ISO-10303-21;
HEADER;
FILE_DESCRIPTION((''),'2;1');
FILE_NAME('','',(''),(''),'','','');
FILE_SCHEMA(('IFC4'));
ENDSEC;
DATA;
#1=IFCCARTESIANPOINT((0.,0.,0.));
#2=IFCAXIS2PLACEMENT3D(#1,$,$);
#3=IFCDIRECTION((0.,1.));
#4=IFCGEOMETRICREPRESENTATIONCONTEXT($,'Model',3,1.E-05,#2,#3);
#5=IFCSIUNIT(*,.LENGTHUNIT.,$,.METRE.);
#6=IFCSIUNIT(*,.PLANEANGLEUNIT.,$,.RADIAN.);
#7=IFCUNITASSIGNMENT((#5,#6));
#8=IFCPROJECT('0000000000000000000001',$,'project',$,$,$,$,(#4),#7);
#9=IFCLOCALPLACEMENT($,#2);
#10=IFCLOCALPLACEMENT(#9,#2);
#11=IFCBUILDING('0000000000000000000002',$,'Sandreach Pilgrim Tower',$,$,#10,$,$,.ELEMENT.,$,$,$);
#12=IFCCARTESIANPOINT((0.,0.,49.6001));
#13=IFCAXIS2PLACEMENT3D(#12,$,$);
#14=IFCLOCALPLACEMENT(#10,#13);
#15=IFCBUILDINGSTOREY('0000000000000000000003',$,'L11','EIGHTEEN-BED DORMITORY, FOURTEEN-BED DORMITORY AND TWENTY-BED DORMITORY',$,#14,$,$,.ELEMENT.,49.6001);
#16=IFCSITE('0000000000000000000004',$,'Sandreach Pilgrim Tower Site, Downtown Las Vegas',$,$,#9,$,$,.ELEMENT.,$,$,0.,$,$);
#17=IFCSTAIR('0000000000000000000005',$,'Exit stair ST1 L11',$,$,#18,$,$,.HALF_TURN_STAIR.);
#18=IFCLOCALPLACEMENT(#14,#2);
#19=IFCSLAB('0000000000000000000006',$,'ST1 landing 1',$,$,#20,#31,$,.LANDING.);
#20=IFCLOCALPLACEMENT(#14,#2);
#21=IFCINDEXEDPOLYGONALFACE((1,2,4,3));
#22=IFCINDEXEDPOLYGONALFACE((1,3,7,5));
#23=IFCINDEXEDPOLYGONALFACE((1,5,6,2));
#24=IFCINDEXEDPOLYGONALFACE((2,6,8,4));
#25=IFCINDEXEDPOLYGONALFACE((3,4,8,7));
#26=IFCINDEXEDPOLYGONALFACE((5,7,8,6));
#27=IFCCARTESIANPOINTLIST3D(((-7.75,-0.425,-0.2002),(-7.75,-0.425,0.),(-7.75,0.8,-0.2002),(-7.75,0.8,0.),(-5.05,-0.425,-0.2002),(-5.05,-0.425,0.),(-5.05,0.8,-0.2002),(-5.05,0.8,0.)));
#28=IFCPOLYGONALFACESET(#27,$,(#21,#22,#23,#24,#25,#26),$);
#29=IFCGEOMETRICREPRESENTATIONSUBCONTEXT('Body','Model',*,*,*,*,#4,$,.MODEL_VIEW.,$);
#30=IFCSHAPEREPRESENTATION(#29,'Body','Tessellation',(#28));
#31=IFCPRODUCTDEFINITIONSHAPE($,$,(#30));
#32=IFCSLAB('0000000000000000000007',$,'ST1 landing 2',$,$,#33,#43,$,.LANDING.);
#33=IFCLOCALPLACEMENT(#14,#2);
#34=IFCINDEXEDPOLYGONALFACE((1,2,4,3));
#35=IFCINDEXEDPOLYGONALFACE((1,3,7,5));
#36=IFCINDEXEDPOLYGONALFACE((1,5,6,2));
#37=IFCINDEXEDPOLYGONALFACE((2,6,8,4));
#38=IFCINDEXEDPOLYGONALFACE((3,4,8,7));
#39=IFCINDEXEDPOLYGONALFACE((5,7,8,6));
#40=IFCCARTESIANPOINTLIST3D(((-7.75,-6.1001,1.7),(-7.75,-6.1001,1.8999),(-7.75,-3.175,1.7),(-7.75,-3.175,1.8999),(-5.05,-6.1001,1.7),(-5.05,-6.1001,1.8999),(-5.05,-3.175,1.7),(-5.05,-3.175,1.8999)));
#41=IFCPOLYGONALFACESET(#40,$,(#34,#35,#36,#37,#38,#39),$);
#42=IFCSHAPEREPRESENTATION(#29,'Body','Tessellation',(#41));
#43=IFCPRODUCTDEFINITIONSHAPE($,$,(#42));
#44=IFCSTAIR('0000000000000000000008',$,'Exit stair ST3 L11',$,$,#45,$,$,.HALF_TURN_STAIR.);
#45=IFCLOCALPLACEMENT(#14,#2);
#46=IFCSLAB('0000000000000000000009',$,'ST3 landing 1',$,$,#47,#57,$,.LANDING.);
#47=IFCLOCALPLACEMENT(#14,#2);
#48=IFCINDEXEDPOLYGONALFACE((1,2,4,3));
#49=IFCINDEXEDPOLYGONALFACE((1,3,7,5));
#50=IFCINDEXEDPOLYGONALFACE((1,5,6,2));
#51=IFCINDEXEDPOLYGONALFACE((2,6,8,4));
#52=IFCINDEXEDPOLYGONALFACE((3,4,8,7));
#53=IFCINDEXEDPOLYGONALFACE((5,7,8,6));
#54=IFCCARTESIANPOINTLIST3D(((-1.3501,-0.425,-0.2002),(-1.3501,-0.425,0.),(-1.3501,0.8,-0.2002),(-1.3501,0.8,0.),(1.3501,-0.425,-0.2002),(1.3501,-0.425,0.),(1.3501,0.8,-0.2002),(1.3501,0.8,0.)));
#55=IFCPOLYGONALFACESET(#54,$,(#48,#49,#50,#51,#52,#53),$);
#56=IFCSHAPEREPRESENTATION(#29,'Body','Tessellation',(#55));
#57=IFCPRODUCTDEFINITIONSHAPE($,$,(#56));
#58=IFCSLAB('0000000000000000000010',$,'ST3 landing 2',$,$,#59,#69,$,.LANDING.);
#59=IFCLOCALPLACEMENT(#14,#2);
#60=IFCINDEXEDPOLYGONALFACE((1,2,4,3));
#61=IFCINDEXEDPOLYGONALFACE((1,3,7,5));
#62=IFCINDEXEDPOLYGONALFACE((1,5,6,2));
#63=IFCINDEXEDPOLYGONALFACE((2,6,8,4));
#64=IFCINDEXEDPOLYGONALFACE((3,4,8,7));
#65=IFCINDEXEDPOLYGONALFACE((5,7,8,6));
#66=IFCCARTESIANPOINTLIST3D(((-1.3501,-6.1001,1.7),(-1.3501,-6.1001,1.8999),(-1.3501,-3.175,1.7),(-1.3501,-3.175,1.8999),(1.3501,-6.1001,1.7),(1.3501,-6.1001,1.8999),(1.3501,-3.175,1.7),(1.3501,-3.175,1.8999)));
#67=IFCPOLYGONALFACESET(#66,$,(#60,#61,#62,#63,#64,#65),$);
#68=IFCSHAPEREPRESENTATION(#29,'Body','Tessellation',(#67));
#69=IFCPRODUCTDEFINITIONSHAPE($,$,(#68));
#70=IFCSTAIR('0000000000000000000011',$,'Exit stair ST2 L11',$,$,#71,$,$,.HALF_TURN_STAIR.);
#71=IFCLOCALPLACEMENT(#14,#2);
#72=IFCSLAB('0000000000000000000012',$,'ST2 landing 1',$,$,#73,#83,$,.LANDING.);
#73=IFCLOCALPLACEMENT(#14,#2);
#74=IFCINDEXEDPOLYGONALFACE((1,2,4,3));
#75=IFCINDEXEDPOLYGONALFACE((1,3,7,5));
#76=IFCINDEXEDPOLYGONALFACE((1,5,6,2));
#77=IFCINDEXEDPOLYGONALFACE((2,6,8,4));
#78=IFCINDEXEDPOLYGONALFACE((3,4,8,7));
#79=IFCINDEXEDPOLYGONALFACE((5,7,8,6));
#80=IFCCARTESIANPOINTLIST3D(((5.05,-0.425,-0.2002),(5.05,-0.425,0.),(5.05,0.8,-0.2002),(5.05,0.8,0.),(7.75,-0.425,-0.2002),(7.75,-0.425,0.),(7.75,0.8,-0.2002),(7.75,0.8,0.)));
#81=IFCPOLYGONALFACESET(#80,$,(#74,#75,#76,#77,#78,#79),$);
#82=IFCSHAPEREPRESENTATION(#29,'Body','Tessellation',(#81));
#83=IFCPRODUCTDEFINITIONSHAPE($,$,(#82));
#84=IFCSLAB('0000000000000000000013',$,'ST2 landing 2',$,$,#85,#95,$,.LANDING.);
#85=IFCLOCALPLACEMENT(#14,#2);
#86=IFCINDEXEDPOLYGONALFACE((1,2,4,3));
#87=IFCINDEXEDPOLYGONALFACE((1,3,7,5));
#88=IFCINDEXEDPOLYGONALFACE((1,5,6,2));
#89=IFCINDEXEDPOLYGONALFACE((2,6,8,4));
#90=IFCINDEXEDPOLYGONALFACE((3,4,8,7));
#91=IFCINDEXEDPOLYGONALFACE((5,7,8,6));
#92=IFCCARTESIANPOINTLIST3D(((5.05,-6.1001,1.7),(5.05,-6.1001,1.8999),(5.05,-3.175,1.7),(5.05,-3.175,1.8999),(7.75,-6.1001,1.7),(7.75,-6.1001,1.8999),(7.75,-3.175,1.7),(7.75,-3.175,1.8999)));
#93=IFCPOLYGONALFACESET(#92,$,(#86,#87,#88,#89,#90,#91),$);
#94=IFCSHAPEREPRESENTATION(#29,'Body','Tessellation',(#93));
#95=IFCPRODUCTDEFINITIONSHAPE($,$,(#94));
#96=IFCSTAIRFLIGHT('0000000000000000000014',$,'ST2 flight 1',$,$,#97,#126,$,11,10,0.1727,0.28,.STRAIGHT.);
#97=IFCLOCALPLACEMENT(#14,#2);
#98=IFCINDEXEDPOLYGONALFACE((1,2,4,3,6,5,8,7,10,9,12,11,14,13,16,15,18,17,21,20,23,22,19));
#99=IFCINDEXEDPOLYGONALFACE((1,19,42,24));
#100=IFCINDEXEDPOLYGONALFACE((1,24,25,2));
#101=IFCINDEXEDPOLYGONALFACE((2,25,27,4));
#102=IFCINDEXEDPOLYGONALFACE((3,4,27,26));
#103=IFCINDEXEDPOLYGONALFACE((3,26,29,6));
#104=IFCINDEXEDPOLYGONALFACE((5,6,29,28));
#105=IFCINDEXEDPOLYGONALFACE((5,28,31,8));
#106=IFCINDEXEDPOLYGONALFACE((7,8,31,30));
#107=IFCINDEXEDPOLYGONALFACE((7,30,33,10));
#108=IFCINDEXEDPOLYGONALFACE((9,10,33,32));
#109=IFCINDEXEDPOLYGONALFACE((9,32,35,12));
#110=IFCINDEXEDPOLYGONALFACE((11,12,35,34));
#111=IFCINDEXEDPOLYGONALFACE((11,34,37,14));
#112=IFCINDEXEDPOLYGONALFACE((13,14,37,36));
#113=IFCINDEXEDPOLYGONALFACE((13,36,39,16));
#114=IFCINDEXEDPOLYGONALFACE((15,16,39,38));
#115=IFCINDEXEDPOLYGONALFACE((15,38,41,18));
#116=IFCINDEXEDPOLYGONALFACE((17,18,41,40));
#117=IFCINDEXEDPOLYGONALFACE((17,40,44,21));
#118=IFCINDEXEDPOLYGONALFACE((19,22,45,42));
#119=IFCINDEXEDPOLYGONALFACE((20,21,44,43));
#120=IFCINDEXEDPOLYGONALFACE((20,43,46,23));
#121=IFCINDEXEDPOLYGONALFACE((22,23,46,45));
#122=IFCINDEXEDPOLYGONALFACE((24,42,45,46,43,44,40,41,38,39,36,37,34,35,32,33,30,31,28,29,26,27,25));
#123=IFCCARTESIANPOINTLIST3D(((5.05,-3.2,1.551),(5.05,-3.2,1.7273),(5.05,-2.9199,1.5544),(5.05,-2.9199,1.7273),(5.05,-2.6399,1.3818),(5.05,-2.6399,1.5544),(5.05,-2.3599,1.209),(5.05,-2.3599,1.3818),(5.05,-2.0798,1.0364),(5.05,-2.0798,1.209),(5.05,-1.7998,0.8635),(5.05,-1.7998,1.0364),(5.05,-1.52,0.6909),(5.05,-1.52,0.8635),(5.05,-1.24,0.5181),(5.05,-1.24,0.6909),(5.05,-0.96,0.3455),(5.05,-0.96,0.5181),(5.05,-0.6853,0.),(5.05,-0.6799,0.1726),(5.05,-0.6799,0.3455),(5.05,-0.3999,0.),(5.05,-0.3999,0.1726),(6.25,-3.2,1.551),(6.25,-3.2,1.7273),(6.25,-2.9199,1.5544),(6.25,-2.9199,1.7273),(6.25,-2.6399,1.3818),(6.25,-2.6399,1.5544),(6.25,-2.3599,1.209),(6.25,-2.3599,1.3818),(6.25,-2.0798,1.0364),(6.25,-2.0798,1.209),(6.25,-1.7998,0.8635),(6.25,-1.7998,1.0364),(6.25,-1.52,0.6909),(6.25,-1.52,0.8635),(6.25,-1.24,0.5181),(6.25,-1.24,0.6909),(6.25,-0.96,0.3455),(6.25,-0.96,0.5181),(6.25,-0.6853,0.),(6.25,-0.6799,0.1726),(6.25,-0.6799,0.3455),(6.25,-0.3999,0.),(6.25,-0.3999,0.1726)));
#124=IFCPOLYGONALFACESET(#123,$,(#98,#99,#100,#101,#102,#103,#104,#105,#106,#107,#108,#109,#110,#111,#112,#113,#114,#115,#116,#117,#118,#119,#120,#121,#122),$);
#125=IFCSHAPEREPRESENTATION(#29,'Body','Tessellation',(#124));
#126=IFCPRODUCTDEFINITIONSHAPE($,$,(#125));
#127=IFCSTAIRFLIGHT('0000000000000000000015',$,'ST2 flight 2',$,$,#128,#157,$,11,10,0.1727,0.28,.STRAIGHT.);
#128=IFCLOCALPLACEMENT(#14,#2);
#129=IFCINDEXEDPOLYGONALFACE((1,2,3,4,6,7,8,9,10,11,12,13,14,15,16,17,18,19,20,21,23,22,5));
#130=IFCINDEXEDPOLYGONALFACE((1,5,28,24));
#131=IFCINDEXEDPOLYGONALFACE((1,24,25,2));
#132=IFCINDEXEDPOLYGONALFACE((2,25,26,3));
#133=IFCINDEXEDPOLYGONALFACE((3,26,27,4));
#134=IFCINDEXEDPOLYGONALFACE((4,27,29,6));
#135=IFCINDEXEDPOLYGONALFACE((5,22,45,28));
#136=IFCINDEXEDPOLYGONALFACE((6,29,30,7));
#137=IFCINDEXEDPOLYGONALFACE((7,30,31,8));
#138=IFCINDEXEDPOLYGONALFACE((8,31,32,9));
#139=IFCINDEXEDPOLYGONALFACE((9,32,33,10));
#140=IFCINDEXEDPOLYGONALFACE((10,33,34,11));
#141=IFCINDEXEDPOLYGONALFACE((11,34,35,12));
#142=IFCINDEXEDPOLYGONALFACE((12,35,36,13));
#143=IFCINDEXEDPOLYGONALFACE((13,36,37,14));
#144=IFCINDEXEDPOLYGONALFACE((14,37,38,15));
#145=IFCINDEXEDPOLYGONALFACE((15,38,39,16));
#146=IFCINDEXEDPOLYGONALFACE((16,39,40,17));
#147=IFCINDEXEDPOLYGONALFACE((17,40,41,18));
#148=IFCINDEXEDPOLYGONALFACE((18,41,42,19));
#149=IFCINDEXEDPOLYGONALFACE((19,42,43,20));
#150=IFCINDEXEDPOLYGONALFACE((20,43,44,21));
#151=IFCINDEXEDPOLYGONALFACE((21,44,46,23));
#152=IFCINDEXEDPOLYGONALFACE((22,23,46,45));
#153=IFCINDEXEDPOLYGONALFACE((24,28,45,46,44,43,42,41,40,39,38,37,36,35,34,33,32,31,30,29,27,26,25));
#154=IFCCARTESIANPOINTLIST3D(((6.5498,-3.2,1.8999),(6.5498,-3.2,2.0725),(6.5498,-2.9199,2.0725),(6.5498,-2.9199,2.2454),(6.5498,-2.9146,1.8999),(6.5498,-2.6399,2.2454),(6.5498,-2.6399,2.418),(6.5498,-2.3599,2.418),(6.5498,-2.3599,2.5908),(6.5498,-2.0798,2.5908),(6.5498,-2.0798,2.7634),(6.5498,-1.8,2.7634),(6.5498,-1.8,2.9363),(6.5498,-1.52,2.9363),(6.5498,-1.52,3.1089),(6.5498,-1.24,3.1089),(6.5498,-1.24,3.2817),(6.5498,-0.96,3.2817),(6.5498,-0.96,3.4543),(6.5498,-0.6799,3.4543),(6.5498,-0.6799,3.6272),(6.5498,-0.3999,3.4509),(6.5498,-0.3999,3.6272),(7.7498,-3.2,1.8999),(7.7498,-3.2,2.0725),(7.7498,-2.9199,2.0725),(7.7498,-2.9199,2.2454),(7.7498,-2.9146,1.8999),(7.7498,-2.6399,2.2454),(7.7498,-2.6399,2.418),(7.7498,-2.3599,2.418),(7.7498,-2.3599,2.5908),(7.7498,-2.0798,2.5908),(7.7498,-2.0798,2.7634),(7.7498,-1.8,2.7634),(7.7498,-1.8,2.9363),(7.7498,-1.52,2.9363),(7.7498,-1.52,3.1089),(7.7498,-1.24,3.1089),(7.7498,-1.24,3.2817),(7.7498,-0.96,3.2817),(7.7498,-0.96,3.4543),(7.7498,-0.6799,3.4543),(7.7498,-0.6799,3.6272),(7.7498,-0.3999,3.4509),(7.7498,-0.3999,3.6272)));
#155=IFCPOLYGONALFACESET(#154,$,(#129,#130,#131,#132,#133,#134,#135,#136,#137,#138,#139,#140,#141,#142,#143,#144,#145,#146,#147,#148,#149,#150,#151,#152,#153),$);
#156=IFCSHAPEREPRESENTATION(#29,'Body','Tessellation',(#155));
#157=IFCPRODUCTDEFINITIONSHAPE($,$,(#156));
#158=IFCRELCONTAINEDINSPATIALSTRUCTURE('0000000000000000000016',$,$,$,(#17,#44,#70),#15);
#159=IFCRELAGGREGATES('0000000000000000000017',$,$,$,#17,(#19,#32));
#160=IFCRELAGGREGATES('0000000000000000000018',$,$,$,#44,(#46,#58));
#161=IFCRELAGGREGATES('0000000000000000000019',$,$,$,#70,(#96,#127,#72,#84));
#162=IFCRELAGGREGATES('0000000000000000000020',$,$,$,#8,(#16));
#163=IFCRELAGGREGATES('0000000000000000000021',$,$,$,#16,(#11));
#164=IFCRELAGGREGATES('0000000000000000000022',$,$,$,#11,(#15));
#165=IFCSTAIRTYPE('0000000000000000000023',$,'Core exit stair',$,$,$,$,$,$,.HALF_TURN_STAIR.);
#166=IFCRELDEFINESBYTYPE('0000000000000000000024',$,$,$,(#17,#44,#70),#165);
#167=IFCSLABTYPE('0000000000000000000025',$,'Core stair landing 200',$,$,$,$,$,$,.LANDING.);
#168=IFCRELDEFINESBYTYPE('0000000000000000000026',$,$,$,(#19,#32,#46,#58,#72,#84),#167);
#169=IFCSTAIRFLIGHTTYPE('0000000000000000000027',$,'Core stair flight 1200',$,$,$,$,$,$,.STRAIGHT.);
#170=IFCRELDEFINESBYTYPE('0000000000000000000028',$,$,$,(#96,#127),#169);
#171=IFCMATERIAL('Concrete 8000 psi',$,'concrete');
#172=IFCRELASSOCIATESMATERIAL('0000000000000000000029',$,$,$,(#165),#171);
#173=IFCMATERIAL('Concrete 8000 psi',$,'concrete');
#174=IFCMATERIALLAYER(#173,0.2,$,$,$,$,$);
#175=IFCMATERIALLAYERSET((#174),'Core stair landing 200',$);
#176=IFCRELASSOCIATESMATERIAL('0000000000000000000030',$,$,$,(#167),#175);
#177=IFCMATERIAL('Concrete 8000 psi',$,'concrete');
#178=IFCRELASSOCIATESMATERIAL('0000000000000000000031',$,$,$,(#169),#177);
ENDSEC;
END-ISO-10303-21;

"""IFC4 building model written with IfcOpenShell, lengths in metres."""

from ifc_helpers import new_model, si_unit, direction, frame, origin, place, context, subcontext, project, spatial, polyline, outline, extrude, material, layer, layer_set, type_object, element, aggregate, save


model = new_model("IFC4")

# Units and contexts
model_context = context("Model", 3, precision=1e-05, world=origin(), true_north=direction((0.0, 1.0)))
body_context = subcontext(model_context, "Body", "Model", "MODEL_VIEW")
ifc_project = project(units=[si_unit("LENGTHUNIT", "METRE"), si_unit("PLANEANGLEUNIT", "RADIAN")], contexts=[model_context])

# Site, building, storey
site_placement = place(None, origin())
site = spatial("IfcSite", under=ifc_project, at=site_placement, Name="Sandreach Pilgrim Tower Site, Downtown Las Vegas", CompositionType="ELEMENT", RefElevation=0.0)
building_placement = place(site_placement, origin())
building = spatial("IfcBuilding", under=site, at=building_placement, Name="Sandreach Pilgrim Tower", CompositionType="ELEMENT")
storey_placement = place(building_placement, frame((0.0, 0.0, 49.6001)))
storey = spatial("IfcBuildingStorey", under=building, at=storey_placement, Name="L11", Description="EIGHTEEN-BED DORMITORY, FOURTEEN-BED DORMITORY AND TWENTY-BED DORMITORY", CompositionType="ELEMENT", Elevation=49.6001)

# Stairs, slabs
ifc_material_1 = material(Name="Concrete 8000 psi", Category="concrete")
stair_type = type_object("IfcStairType", Name="Core exit stair", PredefinedType="HALF_TURN_STAIR", material=ifc_material_1)
stair_1_placement = place(storey_placement, origin())
stair_1 = element("IfcStair", 1, at=stair_1_placement, inside=storey, type_object=stair_type, Name="Exit stair ST1 L11", PredefinedType="HALF_TURN_STAIR")
ifc_material_2 = material(Name="Concrete 8000 psi", Category="concrete")
ifc_layer_1 = layer(ifc_material_2, 0.2)
ifc_layer_set_1 = layer_set([ifc_layer_1], Name="Core stair landing 200")
slab_type = type_object("IfcSlabType", Name="Core stair landing 200", PredefinedType="LANDING", material=ifc_layer_set_1)
slab_1_placement = place(storey_placement, frame((0.0, 0.0, -0.2002)))
slab_1 = element("IfcSlab", 2, at=slab_1_placement, type_object=slab_type, Name="ST1 landing 1", PredefinedType="LANDING", context=body_context, shape_type="SweptSolid", body=[
    extrude(outline(polyline([(-7.75, -0.425), (-5.05, -0.425), (-5.05, 0.8), (-7.75, 0.8), (-7.75, -0.425)])), origin(), (0.0, 0.0, 1.0), 0.2002),
])
slab_2_placement = place(storey_placement, frame((0.0, 0.0, 1.7)))
slab_2 = element("IfcSlab", 3, at=slab_2_placement, type_object=slab_type, Name="ST1 landing 2", PredefinedType="LANDING", context=body_context, shape_type="SweptSolid", body=[
    extrude(outline(polyline([(-7.75, -6.1001), (-5.05, -6.1001), (-5.05, -3.175), (-7.75, -3.175), (-7.75, -6.1001)])), origin(), (0.0, 0.0, 1.0), 0.2),
])
aggregate(stair_1, [slab_1, slab_2])
stair_2_placement = place(storey_placement, origin())
stair_2 = element("IfcStair", 4, at=stair_2_placement, inside=storey, type_object=stair_type, Name="Exit stair ST3 L11", PredefinedType="HALF_TURN_STAIR")
slab_3_placement = place(storey_placement, frame((0.0, 0.0, -0.2002)))
slab_3 = element("IfcSlab", 5, at=slab_3_placement, type_object=slab_type, Name="ST3 landing 1", PredefinedType="LANDING", context=body_context, shape_type="SweptSolid", body=[
    extrude(outline(polyline([(-1.3501, -0.425), (1.3501, -0.425), (1.3501, 0.8), (-1.3501, 0.8), (-1.3501, -0.425)])), origin(), (0.0, 0.0, 1.0), 0.2002),
])
slab_4_placement = place(storey_placement, frame((0.0, 0.0, 1.7)))
slab_4 = element("IfcSlab", 6, at=slab_4_placement, type_object=slab_type, Name="ST3 landing 2", PredefinedType="LANDING", context=body_context, shape_type="SweptSolid", body=[
    extrude(outline(polyline([(-1.3501, -6.1001), (1.3501, -6.1001), (1.3501, -3.175), (-1.3501, -3.175), (-1.3501, -6.1001)])), origin(), (0.0, 0.0, 1.0), 0.2),
])
aggregate(stair_2, [slab_3, slab_4])
stair_3_placement = place(storey_placement, origin())
stair_3 = element("IfcStair", 7, at=stair_3_placement, inside=storey, type_object=stair_type, Name="Exit stair ST2 L11", PredefinedType="HALF_TURN_STAIR")
slab_5_placement = place(storey_placement, frame((0.0, 0.0, -0.2002)))
slab_5 = element("IfcSlab", 8, at=slab_5_placement, type_object=slab_type, Name="ST2 landing 1", PredefinedType="LANDING", context=body_context, shape_type="SweptSolid", body=[
    extrude(outline(polyline([(5.05, -0.425), (7.75, -0.425), (7.75, 0.8), (5.05, 0.8), (5.05, -0.425)])), origin(), (0.0, 0.0, 1.0), 0.2002),
])
slab_6_placement = place(storey_placement, frame((0.0, 0.0, 1.7)))
slab_6 = element("IfcSlab", 9, at=slab_6_placement, type_object=slab_type, Name="ST2 landing 2", PredefinedType="LANDING", context=body_context, shape_type="SweptSolid", body=[
    extrude(outline(polyline([(5.05, -6.1001), (7.75, -6.1001), (7.75, -3.175), (5.05, -3.175), (5.05, -6.1001)])), origin(), (0.0, 0.0, 1.0), 0.2),
])

# Stair flights
ifc_material_3 = material(Name="Concrete 8000 psi", Category="concrete")
stair_flight_type = type_object("IfcStairFlightType", Name="Core stair flight 1200", PredefinedType="STRAIGHT", material=ifc_material_3)
stair_flight_1_placement = place(storey_placement, frame((5.6499, -0.3999, 0.0), z_axis=(0.0, 0.0, 1.0), x_axis=(0.0, -1.0, 0.0)))
stair_flight_1 = element("IfcStairFlight", 10, at=stair_flight_1_placement, type_object=stair_flight_type, Name="ST2 flight 1", NumberOfRisers=11, NumberOfTreads=10, PredefinedType="STRAIGHT", RiserHeight=0.1727, TreadLength=0.28, context=body_context, shape_type="SweptSolid", body=[
    extrude(outline(polyline([(0.0, 0.0), (0.0, 0.1726), (0.28, 0.1726), (0.28, 0.3455), (0.5601, 0.3455), (0.5601, 0.5181), (0.8401, 0.5181), (0.8401, 0.6909), (1.1201, 0.6909), (1.1201, 0.8635), (1.3999, 0.8635), (1.3999, 1.0364), (1.6799, 1.0364), (1.6799, 1.209), (1.96, 1.209), (1.96, 1.3818), (2.24, 1.3818), (2.24, 1.5544), (2.52, 1.5544), (2.52, 1.7273), (2.8, 1.7273), (2.8, 1.8999), (2.8, 1.551), (0.2854, 0.0), (0.0, 0.0)])), frame((0.0, 0.6001, 0.0), z_axis=(0.0, -1.0, 0.0), x_axis=(1.0, 0.0, 0.0)), (0.0, 0.0, 1.0), 1.2),
])
stair_flight_2_placement = place(storey_placement, frame((7.1499, -3.2, 1.8999), z_axis=(0.0, 0.0, 1.0), x_axis=(0.0, 1.0, 0.0)))
stair_flight_2 = element("IfcStairFlight", 11, at=stair_flight_2_placement, type_object=stair_flight_type, Name="ST2 flight 2", NumberOfRisers=11, NumberOfTreads=10, PredefinedType="STRAIGHT", RiserHeight=0.1727, TreadLength=0.28, context=body_context, shape_type="SweptSolid", body=[
    extrude(outline(polyline([(0.0, 0.0), (0.0, 0.1726), (0.28, 0.1726), (0.28, 0.3455), (0.5601, 0.3455), (0.5601, 0.5181), (0.8401, 0.5181), (0.8401, 0.6909), (1.1201, 0.6909), (1.1201, 0.8635), (1.3999, 0.8635), (1.3999, 1.0364), (1.6799, 1.0364), (1.6799, 1.209), (1.96, 1.209), (1.96, 1.3818), (2.24, 1.3818), (2.24, 1.5544), (2.52, 1.5544), (2.52, 1.7273), (2.8, 1.7273), (2.8, 1.8999), (2.8, 1.551), (0.2854, 0.0), (0.0, 0.0)])), frame((0.0, 0.6001, 0.0), z_axis=(0.0, -1.0, 0.0), x_axis=(1.0, 0.0, 0.0)), (0.0, 0.0, 1.0), 1.2),
])
aggregate(stair_3, [stair_flight_1, stair_flight_2, slab_5, slab_6])

save(model, "model.ifc")
